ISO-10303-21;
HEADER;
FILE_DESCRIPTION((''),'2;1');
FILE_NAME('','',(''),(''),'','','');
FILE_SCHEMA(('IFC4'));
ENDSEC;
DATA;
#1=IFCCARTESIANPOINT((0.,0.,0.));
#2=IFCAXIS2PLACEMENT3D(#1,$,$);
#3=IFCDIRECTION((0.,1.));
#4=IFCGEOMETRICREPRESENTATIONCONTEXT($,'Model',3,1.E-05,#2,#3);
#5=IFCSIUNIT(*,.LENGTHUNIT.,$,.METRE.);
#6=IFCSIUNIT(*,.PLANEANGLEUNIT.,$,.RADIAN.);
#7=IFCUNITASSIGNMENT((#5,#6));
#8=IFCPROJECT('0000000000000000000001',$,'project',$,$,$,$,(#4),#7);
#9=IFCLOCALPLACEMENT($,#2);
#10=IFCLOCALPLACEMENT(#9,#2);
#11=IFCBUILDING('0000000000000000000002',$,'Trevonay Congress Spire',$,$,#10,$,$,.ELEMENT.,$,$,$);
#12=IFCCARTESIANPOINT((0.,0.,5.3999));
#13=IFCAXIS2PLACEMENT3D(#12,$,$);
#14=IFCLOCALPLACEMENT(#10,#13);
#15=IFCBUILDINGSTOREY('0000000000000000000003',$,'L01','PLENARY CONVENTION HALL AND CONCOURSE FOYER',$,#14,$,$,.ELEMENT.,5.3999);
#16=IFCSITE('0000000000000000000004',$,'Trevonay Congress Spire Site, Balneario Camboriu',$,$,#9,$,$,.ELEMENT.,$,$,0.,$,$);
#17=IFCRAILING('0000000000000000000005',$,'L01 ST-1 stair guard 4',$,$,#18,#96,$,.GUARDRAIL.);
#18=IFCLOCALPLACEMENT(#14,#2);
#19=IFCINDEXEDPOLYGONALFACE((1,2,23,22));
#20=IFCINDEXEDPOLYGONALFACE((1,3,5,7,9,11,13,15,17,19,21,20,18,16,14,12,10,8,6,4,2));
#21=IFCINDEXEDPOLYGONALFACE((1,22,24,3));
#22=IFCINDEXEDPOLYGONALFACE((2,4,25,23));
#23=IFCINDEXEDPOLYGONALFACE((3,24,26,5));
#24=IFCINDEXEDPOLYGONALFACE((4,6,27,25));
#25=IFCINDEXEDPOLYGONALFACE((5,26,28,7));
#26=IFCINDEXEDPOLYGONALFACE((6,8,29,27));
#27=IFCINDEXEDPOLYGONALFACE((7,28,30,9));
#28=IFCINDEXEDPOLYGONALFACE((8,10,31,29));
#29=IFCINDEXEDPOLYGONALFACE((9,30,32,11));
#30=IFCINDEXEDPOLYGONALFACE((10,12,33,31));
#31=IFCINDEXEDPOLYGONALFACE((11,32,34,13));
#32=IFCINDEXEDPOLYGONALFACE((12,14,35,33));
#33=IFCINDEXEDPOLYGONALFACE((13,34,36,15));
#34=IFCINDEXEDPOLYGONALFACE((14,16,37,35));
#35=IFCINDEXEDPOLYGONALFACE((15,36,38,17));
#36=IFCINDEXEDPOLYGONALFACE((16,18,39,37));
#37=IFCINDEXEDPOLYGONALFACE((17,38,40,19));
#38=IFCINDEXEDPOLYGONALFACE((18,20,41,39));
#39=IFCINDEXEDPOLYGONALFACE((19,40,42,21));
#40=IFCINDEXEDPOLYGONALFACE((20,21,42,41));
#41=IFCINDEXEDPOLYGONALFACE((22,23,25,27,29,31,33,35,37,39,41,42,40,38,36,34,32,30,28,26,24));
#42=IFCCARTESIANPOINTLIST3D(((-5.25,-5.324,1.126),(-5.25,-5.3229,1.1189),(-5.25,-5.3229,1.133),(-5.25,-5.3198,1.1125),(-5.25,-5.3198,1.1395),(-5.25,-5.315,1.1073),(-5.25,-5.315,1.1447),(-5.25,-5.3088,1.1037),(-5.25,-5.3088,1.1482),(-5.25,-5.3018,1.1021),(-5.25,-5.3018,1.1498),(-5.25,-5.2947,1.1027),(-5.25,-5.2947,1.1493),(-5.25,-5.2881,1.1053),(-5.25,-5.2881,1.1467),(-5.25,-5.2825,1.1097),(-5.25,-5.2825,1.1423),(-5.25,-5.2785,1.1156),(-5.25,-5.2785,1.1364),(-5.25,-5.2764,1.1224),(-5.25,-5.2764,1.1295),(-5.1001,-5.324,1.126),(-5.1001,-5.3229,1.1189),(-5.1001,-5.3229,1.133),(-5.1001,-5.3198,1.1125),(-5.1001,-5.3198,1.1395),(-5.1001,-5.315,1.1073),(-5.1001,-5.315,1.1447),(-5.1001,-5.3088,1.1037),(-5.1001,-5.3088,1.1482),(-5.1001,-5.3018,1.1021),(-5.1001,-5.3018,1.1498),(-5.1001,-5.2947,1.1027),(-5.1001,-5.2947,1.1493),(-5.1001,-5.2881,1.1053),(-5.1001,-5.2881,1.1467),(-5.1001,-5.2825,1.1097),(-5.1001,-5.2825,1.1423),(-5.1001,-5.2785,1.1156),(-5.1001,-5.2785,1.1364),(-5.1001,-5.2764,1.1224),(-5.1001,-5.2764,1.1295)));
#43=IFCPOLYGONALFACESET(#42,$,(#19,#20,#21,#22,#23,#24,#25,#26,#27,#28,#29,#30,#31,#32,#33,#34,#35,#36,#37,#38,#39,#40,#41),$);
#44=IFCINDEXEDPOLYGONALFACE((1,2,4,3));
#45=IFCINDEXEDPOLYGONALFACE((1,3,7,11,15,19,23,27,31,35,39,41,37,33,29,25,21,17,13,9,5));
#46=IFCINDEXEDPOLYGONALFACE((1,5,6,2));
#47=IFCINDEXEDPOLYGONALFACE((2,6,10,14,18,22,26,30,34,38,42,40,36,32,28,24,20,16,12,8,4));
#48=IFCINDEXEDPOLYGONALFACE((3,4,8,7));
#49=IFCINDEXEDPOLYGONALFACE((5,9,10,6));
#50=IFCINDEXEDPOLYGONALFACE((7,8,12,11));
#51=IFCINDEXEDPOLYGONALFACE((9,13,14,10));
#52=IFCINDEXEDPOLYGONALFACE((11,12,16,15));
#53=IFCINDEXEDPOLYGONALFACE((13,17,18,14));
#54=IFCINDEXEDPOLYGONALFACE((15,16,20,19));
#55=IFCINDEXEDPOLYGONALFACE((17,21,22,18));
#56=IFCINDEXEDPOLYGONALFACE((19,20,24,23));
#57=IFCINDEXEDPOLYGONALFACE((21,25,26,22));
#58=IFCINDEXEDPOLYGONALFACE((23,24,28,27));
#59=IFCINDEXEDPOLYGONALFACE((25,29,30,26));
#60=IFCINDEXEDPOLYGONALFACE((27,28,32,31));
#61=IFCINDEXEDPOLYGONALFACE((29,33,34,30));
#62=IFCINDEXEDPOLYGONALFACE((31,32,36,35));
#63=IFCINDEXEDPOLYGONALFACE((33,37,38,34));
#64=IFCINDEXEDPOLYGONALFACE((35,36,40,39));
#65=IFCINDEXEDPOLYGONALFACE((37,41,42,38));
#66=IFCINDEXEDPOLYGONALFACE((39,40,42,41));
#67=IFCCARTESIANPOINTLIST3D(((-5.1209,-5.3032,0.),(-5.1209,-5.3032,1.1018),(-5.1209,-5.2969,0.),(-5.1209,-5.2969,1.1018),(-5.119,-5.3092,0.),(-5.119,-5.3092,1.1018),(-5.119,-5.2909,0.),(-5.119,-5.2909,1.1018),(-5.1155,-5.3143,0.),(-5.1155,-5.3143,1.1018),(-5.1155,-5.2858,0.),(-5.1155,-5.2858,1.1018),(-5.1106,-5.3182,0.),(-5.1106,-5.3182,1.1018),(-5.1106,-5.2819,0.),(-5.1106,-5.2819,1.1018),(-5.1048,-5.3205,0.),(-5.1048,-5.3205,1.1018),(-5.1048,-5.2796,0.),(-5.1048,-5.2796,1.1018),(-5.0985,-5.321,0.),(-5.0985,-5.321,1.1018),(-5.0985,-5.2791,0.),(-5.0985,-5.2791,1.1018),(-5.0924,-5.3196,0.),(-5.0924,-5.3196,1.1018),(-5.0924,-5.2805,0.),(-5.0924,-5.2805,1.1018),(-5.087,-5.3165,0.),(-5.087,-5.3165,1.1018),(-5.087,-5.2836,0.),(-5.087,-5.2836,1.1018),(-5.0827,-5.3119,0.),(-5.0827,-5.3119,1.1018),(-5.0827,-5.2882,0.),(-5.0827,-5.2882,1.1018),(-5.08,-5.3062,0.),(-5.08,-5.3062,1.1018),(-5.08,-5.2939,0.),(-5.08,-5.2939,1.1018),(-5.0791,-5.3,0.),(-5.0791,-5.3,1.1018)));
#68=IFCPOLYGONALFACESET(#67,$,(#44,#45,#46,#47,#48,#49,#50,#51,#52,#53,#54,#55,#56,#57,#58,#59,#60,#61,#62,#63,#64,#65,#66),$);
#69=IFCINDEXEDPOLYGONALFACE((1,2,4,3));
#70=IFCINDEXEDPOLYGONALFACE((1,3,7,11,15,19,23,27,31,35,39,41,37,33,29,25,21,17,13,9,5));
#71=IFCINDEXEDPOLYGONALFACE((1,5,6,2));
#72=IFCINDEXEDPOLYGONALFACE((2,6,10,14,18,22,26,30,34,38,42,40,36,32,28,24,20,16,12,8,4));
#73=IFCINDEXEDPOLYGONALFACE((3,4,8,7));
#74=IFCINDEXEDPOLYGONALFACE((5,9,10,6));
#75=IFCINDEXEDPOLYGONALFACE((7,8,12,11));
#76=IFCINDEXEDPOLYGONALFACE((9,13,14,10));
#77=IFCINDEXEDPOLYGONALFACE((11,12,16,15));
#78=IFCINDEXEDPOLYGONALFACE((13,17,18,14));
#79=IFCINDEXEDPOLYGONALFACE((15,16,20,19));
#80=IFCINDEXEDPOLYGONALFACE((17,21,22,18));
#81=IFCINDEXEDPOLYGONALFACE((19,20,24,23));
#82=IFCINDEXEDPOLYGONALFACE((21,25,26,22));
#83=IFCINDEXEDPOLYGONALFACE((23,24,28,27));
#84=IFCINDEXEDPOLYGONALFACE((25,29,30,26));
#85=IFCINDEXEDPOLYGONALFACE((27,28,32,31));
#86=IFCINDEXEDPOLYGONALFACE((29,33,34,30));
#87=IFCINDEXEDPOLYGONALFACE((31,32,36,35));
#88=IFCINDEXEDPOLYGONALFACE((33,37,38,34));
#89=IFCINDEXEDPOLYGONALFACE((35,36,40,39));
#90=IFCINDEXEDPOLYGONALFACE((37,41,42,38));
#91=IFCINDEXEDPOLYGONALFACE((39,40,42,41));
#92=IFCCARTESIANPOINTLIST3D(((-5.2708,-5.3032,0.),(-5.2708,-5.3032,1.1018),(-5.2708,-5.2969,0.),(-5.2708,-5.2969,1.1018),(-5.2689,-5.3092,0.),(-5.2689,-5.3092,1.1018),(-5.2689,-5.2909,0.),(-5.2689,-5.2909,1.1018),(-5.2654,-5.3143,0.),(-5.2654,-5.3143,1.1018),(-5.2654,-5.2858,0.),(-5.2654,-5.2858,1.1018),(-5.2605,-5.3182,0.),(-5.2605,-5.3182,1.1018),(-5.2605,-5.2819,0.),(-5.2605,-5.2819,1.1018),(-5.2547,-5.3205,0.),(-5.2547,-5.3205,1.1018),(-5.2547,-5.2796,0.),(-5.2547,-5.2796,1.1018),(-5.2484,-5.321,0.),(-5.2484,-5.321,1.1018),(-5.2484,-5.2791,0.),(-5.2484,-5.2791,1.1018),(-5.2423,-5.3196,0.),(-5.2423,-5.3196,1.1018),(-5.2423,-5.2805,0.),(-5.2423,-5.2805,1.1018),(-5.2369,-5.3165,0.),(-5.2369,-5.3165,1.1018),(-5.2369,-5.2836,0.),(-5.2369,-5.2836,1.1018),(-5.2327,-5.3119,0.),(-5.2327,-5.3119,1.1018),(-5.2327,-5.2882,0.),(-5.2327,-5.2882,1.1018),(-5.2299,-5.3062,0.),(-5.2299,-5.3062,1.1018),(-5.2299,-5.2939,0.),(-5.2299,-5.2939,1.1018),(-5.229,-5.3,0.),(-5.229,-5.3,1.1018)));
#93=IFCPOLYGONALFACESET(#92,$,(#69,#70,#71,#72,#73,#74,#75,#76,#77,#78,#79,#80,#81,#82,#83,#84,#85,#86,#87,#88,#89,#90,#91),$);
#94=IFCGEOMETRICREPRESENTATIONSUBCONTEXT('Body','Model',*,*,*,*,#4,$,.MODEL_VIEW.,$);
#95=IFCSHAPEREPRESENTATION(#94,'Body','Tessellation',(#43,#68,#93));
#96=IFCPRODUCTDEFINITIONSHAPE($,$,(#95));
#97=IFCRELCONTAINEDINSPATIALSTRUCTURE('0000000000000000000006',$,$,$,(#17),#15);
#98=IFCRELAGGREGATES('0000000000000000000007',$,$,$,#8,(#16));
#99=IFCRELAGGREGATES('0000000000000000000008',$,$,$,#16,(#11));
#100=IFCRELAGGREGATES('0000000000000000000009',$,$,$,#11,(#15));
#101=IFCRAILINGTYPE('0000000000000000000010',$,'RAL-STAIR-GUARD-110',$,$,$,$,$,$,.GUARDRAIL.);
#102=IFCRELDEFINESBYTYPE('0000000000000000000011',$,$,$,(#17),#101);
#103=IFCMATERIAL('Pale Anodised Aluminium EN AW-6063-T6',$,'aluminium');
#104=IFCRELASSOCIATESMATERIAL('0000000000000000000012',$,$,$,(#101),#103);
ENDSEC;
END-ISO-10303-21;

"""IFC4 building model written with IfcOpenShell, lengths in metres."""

from ifc_helpers import new_model, si_unit, direction, frame, origin, origin_2d, place, context, subcontext, project, spatial, circle, extrude, material, type_object, element, save


model = new_model("IFC4")

# Units and contexts
model_context = context("Model", 3, precision=1e-05, world=origin(), true_north=direction((0.0, 1.0)))
body_context = subcontext(model_context, "Body", "Model", "MODEL_VIEW")
ifc_project = project(units=[si_unit("LENGTHUNIT", "METRE"), si_unit("PLANEANGLEUNIT", "RADIAN")], contexts=[model_context])

# Site, building, storey
site_placement = place(None, origin())
site = spatial("IfcSite", under=ifc_project, at=site_placement, Name="Trevonay Congress Spire Site, Balneario Camboriu", CompositionType="ELEMENT", RefElevation=0.0)
building_placement = place(site_placement, origin())
building = spatial("IfcBuilding", under=site, at=building_placement, Name="Trevonay Congress Spire", CompositionType="ELEMENT")
storey_placement = place(building_placement, frame((0.0, 0.0, 5.3999)))
storey = spatial("IfcBuildingStorey", under=building, at=storey_placement, Name="L01", Description="PLENARY CONVENTION HALL AND CONCOURSE FOYER", CompositionType="ELEMENT", Elevation=5.3999)

# Shared definitions
ifc_material_1 = material(Name="Pale Anodised Aluminium EN AW-6063-T6", Category="aluminium")

# Railing
railing_type_1 = type_object("IfcRailingType", Name="RAL-STAIR-GUARD-110", PredefinedType="GUARDRAIL", material=ifc_material_1)
railing_1_placement = place(storey_placement, frame((-5.1001, -5.3, 0.0)))
element("IfcRailing", 1, at=railing_1_placement, inside=storey, type_object=railing_type_1, Name="L01 ST-1 stair guard 4", PredefinedType="GUARDRAIL", context=body_context, shape_type="SweptSolid", body=[
    extrude(circle(Radius=0.0239, at=origin_2d()), frame((0.0, 0.0, 1.126), z_axis=(-1.0, 0.0, 0.0), x_axis=(0.0, -1.0, 0.0)), (0.0, 0.0, 1.0), 0.1499),
    extrude(circle(Radius=0.021, at=origin_2d()), origin(), (0.0, 0.0, 1.0), 1.1018),
    extrude(circle(Radius=0.021, at=origin_2d()), frame((-0.1499, 0.0, 0.0)), (0.0, 0.0, 1.0), 1.1018),
])

save(model, "model.ifc")
